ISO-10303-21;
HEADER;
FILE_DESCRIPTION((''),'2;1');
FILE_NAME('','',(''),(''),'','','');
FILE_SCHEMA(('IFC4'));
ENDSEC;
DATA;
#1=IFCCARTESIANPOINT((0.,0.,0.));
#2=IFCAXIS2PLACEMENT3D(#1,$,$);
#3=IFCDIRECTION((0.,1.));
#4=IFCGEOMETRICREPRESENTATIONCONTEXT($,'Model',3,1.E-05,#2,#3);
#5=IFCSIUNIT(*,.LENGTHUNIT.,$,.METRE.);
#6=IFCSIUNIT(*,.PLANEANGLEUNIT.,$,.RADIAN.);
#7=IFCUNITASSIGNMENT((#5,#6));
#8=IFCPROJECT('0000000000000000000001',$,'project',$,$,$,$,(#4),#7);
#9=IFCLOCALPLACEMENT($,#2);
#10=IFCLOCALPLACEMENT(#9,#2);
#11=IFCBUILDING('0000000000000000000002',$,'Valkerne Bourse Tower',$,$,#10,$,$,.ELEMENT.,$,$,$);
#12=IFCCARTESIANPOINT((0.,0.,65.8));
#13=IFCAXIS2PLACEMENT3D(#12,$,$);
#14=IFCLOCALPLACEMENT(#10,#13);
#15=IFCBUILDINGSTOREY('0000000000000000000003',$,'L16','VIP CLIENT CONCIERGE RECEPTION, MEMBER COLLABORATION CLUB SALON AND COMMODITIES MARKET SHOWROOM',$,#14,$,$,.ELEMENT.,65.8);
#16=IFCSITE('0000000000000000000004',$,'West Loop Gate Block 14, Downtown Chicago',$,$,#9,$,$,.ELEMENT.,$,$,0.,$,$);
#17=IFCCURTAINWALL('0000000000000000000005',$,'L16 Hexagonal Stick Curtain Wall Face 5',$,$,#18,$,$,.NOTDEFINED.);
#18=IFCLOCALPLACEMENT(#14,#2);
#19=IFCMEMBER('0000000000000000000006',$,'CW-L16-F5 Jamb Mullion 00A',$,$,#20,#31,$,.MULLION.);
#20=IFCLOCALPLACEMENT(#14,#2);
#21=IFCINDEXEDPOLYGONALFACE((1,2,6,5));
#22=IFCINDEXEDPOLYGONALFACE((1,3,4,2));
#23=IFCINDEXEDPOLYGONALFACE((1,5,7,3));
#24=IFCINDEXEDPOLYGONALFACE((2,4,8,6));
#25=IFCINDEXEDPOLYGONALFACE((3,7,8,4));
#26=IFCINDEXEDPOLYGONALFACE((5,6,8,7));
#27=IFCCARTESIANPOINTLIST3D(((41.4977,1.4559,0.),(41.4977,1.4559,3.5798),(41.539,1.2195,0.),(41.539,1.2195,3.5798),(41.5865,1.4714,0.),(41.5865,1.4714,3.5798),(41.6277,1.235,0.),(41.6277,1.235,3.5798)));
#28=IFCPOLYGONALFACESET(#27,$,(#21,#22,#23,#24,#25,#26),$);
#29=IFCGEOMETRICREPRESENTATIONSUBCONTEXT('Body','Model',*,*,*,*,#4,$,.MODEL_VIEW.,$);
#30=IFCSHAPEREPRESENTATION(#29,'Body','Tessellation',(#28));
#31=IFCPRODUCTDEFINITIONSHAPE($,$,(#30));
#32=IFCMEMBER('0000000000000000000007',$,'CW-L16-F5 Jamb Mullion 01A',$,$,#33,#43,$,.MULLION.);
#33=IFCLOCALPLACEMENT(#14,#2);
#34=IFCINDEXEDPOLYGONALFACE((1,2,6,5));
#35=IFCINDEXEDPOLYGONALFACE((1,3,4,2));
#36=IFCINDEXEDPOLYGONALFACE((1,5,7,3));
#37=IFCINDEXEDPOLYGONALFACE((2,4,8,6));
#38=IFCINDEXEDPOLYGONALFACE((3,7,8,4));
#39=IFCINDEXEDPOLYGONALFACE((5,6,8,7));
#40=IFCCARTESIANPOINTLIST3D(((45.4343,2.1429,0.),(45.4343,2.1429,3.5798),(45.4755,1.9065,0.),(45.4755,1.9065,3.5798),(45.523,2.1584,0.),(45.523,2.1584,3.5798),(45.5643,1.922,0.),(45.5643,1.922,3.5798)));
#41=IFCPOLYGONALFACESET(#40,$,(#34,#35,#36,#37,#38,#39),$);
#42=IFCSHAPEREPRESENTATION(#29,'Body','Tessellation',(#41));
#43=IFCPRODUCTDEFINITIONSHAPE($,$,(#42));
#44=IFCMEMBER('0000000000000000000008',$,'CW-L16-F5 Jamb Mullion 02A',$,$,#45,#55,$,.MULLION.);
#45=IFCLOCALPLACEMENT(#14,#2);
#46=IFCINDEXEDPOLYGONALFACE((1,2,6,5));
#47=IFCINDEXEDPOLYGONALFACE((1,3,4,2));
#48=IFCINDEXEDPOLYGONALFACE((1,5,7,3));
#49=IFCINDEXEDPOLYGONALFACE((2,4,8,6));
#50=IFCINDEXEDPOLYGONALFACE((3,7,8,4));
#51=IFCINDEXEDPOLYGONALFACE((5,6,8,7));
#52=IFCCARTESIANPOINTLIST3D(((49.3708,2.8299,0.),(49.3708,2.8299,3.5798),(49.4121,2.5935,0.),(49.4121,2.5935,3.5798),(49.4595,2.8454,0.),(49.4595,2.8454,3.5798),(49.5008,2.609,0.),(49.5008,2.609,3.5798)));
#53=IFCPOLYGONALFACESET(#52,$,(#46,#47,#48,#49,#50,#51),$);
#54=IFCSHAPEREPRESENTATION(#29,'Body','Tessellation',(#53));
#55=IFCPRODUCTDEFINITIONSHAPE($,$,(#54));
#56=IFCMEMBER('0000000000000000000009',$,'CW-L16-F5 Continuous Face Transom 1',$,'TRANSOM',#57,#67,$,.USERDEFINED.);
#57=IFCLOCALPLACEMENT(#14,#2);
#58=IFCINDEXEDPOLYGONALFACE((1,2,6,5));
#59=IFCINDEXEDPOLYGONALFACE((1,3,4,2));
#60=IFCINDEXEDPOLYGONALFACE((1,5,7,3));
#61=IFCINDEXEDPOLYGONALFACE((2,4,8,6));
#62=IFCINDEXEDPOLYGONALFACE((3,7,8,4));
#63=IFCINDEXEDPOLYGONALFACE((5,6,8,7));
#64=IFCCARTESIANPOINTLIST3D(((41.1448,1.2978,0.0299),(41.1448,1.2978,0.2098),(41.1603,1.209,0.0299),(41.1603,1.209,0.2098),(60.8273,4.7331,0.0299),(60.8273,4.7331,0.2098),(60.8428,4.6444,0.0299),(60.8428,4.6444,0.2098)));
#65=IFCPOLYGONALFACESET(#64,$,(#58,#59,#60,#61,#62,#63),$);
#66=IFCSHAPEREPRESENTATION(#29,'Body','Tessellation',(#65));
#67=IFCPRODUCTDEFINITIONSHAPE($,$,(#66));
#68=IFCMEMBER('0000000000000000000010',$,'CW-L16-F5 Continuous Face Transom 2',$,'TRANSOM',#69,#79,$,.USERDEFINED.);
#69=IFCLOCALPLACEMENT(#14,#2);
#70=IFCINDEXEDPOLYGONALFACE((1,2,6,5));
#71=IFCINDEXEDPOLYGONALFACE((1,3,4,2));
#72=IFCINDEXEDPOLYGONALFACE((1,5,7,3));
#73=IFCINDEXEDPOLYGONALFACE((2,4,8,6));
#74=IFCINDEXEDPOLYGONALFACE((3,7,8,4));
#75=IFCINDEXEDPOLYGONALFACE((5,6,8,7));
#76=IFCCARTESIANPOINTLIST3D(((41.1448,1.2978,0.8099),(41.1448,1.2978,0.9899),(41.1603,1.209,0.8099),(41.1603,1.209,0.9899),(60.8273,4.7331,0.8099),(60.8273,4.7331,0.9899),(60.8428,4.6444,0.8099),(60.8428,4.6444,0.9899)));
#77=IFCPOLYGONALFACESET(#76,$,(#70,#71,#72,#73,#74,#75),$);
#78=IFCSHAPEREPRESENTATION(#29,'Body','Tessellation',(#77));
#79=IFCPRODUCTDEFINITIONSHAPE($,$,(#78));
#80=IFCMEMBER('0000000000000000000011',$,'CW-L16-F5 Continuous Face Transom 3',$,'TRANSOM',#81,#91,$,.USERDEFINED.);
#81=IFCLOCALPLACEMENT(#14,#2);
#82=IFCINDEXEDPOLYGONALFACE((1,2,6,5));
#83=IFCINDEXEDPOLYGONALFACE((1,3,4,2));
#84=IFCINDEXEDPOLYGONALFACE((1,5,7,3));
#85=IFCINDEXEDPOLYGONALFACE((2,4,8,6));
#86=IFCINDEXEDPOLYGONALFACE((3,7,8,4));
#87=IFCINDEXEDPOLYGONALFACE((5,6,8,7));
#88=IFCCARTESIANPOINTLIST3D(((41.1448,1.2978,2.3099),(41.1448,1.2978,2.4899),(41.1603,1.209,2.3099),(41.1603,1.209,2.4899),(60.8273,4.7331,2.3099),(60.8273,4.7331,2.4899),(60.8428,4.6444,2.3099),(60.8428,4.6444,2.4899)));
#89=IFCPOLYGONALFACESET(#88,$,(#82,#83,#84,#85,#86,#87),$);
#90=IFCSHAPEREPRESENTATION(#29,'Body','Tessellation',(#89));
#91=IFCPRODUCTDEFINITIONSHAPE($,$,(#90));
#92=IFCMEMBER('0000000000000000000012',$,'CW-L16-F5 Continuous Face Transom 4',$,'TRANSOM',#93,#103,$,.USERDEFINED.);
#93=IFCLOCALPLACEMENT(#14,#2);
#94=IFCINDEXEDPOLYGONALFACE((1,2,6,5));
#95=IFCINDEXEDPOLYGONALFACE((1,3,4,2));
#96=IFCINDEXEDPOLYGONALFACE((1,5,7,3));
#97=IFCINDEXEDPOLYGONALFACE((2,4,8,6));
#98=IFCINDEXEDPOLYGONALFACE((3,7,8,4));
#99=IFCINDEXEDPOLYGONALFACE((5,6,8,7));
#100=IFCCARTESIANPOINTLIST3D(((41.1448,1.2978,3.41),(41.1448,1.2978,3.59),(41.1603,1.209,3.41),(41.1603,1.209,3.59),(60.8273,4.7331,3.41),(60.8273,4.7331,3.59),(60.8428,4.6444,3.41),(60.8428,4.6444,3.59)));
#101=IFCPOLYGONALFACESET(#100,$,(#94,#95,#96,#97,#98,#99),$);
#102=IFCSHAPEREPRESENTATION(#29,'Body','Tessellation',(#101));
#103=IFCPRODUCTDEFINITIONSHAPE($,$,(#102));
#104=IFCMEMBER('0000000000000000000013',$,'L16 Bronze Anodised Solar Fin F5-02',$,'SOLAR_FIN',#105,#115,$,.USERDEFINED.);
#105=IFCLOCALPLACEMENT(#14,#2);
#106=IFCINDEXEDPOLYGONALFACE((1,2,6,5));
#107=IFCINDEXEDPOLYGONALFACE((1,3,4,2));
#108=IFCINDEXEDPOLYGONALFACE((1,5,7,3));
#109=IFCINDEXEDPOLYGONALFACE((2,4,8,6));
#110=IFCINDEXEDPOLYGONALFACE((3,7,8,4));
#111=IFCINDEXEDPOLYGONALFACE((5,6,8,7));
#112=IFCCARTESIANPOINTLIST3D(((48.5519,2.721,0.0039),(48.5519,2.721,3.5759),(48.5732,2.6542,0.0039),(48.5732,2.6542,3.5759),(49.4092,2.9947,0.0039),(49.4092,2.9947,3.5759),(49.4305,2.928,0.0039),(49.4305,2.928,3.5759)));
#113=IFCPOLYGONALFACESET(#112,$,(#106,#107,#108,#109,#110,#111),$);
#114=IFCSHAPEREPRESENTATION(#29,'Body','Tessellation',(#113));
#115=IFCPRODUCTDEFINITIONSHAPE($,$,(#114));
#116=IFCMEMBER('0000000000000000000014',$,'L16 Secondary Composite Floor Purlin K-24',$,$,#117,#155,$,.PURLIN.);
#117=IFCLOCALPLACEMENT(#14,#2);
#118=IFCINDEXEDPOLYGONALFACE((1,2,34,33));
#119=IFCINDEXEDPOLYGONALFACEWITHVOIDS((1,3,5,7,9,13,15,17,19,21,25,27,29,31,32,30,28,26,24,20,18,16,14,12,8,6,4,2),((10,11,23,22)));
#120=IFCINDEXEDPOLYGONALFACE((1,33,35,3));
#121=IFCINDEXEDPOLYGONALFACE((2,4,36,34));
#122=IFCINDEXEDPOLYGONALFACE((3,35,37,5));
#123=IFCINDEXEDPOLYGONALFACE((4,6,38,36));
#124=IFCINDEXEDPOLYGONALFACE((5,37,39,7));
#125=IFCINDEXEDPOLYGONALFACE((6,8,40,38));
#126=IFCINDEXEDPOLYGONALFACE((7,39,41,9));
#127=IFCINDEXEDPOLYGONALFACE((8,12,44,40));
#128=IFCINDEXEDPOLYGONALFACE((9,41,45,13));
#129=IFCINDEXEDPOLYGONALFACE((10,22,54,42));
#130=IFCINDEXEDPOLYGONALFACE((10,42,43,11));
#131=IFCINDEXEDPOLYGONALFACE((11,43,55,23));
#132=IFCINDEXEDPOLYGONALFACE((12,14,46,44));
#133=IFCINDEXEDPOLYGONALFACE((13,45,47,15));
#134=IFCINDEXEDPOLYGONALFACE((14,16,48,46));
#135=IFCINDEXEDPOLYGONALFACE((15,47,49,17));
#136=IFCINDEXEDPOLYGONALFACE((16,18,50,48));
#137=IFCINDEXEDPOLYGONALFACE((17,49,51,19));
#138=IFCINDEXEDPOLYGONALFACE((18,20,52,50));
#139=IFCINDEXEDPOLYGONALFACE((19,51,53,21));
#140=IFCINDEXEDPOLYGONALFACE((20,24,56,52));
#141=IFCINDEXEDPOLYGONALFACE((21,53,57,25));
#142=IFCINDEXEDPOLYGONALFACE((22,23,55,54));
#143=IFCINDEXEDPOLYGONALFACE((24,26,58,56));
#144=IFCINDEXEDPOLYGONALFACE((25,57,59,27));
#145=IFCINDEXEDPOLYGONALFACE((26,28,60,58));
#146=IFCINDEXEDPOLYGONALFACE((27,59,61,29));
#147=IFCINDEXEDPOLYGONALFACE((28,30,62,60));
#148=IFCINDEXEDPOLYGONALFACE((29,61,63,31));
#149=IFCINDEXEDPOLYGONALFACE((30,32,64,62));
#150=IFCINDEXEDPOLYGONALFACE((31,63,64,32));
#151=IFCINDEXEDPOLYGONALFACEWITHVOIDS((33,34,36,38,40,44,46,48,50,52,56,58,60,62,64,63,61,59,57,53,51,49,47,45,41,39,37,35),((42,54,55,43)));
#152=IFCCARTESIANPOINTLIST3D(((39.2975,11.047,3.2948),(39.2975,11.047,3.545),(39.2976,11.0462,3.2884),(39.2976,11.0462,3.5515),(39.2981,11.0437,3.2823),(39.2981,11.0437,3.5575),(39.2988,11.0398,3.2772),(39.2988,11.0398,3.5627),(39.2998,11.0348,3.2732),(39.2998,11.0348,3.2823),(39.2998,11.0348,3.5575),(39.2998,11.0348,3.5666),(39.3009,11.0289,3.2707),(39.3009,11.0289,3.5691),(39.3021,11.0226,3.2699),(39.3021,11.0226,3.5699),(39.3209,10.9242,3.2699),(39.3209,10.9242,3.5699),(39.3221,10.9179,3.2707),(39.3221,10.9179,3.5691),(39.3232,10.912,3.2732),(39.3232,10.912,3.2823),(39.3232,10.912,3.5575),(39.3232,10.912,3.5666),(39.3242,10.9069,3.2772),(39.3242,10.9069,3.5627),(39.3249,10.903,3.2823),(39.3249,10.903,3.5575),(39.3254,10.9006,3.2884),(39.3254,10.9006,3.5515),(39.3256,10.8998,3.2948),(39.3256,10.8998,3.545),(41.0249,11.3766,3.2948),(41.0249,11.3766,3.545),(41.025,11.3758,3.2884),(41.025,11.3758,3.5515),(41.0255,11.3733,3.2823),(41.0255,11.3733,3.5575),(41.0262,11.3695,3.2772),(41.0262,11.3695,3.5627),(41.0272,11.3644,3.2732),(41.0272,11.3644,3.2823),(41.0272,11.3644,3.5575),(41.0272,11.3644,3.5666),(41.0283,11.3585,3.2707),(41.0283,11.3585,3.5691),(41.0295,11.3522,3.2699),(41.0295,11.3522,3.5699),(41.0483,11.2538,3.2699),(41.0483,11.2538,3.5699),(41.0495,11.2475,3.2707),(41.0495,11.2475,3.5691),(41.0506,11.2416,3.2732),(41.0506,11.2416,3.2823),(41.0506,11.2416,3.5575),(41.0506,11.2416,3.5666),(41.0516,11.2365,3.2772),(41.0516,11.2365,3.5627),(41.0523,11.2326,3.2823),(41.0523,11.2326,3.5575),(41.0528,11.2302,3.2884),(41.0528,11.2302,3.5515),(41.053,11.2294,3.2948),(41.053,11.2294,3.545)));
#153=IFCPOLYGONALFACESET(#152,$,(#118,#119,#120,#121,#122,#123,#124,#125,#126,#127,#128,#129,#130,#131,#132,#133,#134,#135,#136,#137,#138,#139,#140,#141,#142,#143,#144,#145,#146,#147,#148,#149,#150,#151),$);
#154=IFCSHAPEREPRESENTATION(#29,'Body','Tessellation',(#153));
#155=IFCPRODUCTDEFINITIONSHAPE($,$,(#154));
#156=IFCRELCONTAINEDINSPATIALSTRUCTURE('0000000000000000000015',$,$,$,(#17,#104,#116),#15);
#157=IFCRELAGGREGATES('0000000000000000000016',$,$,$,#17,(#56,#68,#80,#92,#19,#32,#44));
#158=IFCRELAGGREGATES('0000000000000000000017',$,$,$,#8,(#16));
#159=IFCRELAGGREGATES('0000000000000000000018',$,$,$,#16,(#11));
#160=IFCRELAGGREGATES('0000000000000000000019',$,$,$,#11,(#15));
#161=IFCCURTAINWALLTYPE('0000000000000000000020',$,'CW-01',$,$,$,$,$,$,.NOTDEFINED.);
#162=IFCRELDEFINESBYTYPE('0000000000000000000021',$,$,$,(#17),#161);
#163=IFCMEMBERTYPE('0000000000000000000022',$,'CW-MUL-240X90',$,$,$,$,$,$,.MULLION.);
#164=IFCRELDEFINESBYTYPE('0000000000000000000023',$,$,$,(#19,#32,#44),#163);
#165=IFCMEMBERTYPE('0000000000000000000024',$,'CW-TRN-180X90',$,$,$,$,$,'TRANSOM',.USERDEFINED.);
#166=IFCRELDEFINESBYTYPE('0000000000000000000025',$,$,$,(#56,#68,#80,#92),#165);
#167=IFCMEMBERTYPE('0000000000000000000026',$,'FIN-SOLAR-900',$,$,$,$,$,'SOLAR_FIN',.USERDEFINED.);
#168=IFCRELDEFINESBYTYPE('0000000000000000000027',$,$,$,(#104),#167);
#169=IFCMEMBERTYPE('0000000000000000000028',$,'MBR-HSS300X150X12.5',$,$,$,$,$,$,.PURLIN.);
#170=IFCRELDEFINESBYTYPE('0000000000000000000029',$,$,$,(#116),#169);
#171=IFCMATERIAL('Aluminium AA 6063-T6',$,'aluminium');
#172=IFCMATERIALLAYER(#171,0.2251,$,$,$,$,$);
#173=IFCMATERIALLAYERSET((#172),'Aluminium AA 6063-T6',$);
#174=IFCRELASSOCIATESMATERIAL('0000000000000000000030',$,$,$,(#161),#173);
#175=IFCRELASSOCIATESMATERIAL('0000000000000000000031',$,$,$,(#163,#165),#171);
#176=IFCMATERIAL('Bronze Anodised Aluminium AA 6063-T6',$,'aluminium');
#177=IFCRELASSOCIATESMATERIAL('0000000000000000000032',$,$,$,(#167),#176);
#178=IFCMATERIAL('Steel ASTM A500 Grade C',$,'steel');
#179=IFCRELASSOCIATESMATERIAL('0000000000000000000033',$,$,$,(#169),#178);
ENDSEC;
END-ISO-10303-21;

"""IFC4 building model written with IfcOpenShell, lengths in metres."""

from ifc_helpers import new_model, si_unit, direction, frame, origin, origin_2d, place, context, subcontext, project, spatial, rectangle, hollow_rectangle, extrude, material, layer, layer_set, material_profile, profile_set, type_object, element, aggregate, save


model = new_model("IFC4")

# Units and contexts
model_context = context("Model", 3, precision=1e-05, world=origin(), true_north=direction((0.0, 1.0)))
body_context = subcontext(model_context, "Body", "Model", "MODEL_VIEW")
ifc_project = project(units=[si_unit("LENGTHUNIT", "METRE"), si_unit("PLANEANGLEUNIT", "RADIAN")], contexts=[model_context])

# Site, building, storey
site_placement = place(None, origin())
site = spatial("IfcSite", under=ifc_project, at=site_placement, Name="West Loop Gate Block 14, Downtown Chicago", CompositionType="ELEMENT", RefElevation=0.0)
building_placement = place(site_placement, origin())
building = spatial("IfcBuilding", under=site, at=building_placement, Name="Valkerne Bourse Tower", CompositionType="ELEMENT")
storey_placement = place(building_placement, frame((0.0, 0.0, 65.8)))
storey = spatial("IfcBuildingStorey", under=building, at=storey_placement, Name="L16", Description="VIP CLIENT CONCIERGE RECEPTION, MEMBER COLLABORATION CLUB SALON AND COMMODITIES MARKET SHOWROOM", CompositionType="ELEMENT", Elevation=65.8)

# Curtain wall, members
ifc_material_1 = material(Name="Aluminium AA 6063-T6", Category="aluminium")
ifc_layer_1 = layer(ifc_material_1, 0.2251)
ifc_layer_set_1 = layer_set([ifc_layer_1], Name="Aluminium AA 6063-T6")
curtain_wall_type = type_object("IfcCurtainWallType", Name="CW-01", PredefinedType="NOTDEFINED", material=ifc_layer_set_1)
curtain_wall_placement = place(storey_placement, origin())
curtain_wall = element("IfcCurtainWall", 1, at=curtain_wall_placement, inside=storey, type_object=curtain_wall_type, Name="L16 Hexagonal Stick Curtain Wall Face 5", PredefinedType="NOTDEFINED")
ifc_material_profile_1 = material_profile(ifc_material_1, rectangle(XDim=0.0901, YDim=0.24, at=origin_2d()), Name="CWM-90X240")
ifc_profile_set_1 = profile_set([ifc_material_profile_1], Name="Aluminium AA 6063-T6")
member_type_1 = type_object("IfcMemberType", Name="CW-MUL-240X90", PredefinedType="MULLION", material=ifc_profile_set_1)
member_1_placement = place(storey_placement, frame((41.5627, 1.3455, 0.0), z_axis=(0.0, 0.0, 1.0), x_axis=(0.985111, 0.171922, 0.0)))
member_1 = element("IfcMember", 2, at=member_1_placement, type_object=member_type_1, Name="CW-L16-F5 Jamb Mullion 00A", PredefinedType="MULLION", context=body_context, shape_type="SweptSolid", body=[
    extrude(rectangle(XDim=0.0901, YDim=0.24, at=origin_2d()), origin(), (0.0, 0.0, 1.0), 3.5798),
])
member_2_placement = place(storey_placement, frame((45.4993, 2.0325, 0.0), z_axis=(0.0, 0.0, 1.0), x_axis=(0.985111, 0.171922, 0.0)))
member_2 = element("IfcMember", 3, at=member_2_placement, type_object=member_type_1, Name="CW-L16-F5 Jamb Mullion 01A", PredefinedType="MULLION", context=body_context, shape_type="SweptSolid", body=[
    extrude(rectangle(XDim=0.0901, YDim=0.24, at=origin_2d()), origin(), (0.0, 0.0, 1.0), 3.5798),
])
member_3_placement = place(storey_placement, frame((49.4358, 2.7195, 0.0), z_axis=(0.0, 0.0, 1.0), x_axis=(0.985106, 0.171946, 0.0)))
member_3 = element("IfcMember", 4, at=member_3_placement, type_object=member_type_1, Name="CW-L16-F5 Jamb Mullion 02A", PredefinedType="MULLION", context=body_context, shape_type="SweptSolid", body=[
    extrude(rectangle(XDim=0.0901, YDim=0.24, at=origin_2d()), origin(), (0.0, 0.0, 1.0), 3.5798),
])
ifc_material_profile_2 = material_profile(ifc_material_1, rectangle(XDim=0.0901, YDim=0.1799, at=origin_2d()), Name="CWT-90X180")
ifc_profile_set_2 = profile_set([ifc_material_profile_2], Name="Aluminium AA 6063-T6")
member_type_2 = type_object("IfcMemberType", Name="CW-TRN-180X90", ElementType="TRANSOM", PredefinedType="USERDEFINED", material=ifc_profile_set_2)
member_4_placement = place(storey_placement, frame((41.1526, 1.2534, 0.1199), z_axis=(0.985108, 0.171938, 0.0), x_axis=(-0.171938, 0.985108, 0.0)))
member_4 = element("IfcMember", 5, at=member_4_placement, type_object=member_type_2, Name="CW-L16-F5 Continuous Face Transom 1", ObjectType="TRANSOM", PredefinedType="USERDEFINED", context=body_context, shape_type="SweptSolid", body=[
    extrude(rectangle(XDim=0.0901, YDim=0.1799, at=origin_2d()), origin(), (0.0, 0.0, 1.0), 19.98),
])
member_5_placement = place(storey_placement, frame((41.1526, 1.2534, 0.8999), z_axis=(0.985108, 0.171938, 0.0), x_axis=(-0.171938, 0.985108, 0.0)))
member_5 = element("IfcMember", 6, at=member_5_placement, type_object=member_type_2, Name="CW-L16-F5 Continuous Face Transom 2", ObjectType="TRANSOM", PredefinedType="USERDEFINED", context=body_context, shape_type="SweptSolid", body=[
    extrude(rectangle(XDim=0.0901, YDim=0.1799, at=origin_2d()), origin(), (0.0, 0.0, 1.0), 19.98),
])
member_6_placement = place(storey_placement, frame((41.1526, 1.2534, 2.3999), z_axis=(0.985108, 0.171938, 0.0), x_axis=(-0.171938, 0.985108, 0.0)))
member_6 = element("IfcMember", 7, at=member_6_placement, type_object=member_type_2, Name="CW-L16-F5 Continuous Face Transom 3", ObjectType="TRANSOM", PredefinedType="USERDEFINED", context=body_context, shape_type="SweptSolid", body=[
    extrude(rectangle(XDim=0.0901, YDim=0.1799, at=origin_2d()), origin(), (0.0, 0.0, 1.0), 19.98),
])
member_7_placement = place(storey_placement, frame((41.1526, 1.2534, 3.5), z_axis=(0.985108, 0.171938, 0.0), x_axis=(-0.171938, 0.985108, 0.0)))
member_7 = element("IfcMember", 8, at=member_7_placement, type_object=member_type_2, Name="CW-L16-F5 Continuous Face Transom 4", ObjectType="TRANSOM", PredefinedType="USERDEFINED", context=body_context, shape_type="SweptSolid", body=[
    extrude(rectangle(XDim=0.0901, YDim=0.1799, at=origin_2d()), origin(), (0.0, 0.0, 1.0), 19.98),
])

# Members
ifc_material_2 = material(Name="Bronze Anodised Aluminium AA 6063-T6", Category="aluminium")
ifc_material_profile_3 = material_profile(ifc_material_2, rectangle(XDim=0.0701, YDim=0.8999, at=origin_2d()), Name="FIN-70X900")
ifc_profile_set_3 = profile_set([ifc_material_profile_3], Name="Bronze Anodised Aluminium AA 6063-T6")
member_type_3 = type_object("IfcMemberType", Name="FIN-SOLAR-900", ElementType="SOLAR_FIN", PredefinedType="USERDEFINED", material=ifc_profile_set_3)
member_8_placement = place(storey_placement, frame((48.9912, 2.8245, 0.0039), z_axis=(0.0, 0.0, 1.0), x_axis=(0.304193, -0.95261, 0.0)))
element("IfcMember", 9, at=member_8_placement, inside=storey, type_object=member_type_3, Name="L16 Bronze Anodised Solar Fin F5-02", ObjectType="SOLAR_FIN", PredefinedType="USERDEFINED", context=body_context, shape_type="SweptSolid", body=[
    extrude(rectangle(XDim=0.0701, YDim=0.8999, at=origin_2d()), origin(), (0.0, 0.0, 1.0), 3.572),
])
ifc_material_3 = material(Name="Steel ASTM A500 Grade C", Category="steel")
ifc_material_profile_4 = material_profile(ifc_material_3, hollow_rectangle(XDim=0.1499, YDim=0.3, WallThickness=0.0125, OuterFilletRadius=0.0249, at=origin_2d()), Name="HSS300X150X12.5")
ifc_profile_set_4 = profile_set([ifc_material_profile_4], Name="Steel ASTM A500 Grade C")
member_type_4 = type_object("IfcMemberType", Name="MBR-HSS300X150X12.5", PredefinedType="PURLIN", material=ifc_profile_set_4)
member_9_placement = place(storey_placement, frame((39.3115, 10.9734, 3.4199), z_axis=(0.982278, 0.187431, 0.0), x_axis=(-0.187431, 0.982278, 0.0)))
element("IfcMember", 10, at=member_9_placement, inside=storey, type_object=member_type_4, Name="L16 Secondary Composite Floor Purlin K-24", PredefinedType="PURLIN", context=body_context, shape_type="SweptSolid", body=[
    extrude(hollow_rectangle(XDim=0.1499, YDim=0.3, WallThickness=0.0125, OuterFilletRadius=0.0249, at=origin_2d()), origin(), (0.0, 0.0, 1.0), 1.7585),
])

aggregate(curtain_wall, [member_4, member_5, member_6, member_7, member_1, member_2, member_3])

save(model, "model.ifc")
